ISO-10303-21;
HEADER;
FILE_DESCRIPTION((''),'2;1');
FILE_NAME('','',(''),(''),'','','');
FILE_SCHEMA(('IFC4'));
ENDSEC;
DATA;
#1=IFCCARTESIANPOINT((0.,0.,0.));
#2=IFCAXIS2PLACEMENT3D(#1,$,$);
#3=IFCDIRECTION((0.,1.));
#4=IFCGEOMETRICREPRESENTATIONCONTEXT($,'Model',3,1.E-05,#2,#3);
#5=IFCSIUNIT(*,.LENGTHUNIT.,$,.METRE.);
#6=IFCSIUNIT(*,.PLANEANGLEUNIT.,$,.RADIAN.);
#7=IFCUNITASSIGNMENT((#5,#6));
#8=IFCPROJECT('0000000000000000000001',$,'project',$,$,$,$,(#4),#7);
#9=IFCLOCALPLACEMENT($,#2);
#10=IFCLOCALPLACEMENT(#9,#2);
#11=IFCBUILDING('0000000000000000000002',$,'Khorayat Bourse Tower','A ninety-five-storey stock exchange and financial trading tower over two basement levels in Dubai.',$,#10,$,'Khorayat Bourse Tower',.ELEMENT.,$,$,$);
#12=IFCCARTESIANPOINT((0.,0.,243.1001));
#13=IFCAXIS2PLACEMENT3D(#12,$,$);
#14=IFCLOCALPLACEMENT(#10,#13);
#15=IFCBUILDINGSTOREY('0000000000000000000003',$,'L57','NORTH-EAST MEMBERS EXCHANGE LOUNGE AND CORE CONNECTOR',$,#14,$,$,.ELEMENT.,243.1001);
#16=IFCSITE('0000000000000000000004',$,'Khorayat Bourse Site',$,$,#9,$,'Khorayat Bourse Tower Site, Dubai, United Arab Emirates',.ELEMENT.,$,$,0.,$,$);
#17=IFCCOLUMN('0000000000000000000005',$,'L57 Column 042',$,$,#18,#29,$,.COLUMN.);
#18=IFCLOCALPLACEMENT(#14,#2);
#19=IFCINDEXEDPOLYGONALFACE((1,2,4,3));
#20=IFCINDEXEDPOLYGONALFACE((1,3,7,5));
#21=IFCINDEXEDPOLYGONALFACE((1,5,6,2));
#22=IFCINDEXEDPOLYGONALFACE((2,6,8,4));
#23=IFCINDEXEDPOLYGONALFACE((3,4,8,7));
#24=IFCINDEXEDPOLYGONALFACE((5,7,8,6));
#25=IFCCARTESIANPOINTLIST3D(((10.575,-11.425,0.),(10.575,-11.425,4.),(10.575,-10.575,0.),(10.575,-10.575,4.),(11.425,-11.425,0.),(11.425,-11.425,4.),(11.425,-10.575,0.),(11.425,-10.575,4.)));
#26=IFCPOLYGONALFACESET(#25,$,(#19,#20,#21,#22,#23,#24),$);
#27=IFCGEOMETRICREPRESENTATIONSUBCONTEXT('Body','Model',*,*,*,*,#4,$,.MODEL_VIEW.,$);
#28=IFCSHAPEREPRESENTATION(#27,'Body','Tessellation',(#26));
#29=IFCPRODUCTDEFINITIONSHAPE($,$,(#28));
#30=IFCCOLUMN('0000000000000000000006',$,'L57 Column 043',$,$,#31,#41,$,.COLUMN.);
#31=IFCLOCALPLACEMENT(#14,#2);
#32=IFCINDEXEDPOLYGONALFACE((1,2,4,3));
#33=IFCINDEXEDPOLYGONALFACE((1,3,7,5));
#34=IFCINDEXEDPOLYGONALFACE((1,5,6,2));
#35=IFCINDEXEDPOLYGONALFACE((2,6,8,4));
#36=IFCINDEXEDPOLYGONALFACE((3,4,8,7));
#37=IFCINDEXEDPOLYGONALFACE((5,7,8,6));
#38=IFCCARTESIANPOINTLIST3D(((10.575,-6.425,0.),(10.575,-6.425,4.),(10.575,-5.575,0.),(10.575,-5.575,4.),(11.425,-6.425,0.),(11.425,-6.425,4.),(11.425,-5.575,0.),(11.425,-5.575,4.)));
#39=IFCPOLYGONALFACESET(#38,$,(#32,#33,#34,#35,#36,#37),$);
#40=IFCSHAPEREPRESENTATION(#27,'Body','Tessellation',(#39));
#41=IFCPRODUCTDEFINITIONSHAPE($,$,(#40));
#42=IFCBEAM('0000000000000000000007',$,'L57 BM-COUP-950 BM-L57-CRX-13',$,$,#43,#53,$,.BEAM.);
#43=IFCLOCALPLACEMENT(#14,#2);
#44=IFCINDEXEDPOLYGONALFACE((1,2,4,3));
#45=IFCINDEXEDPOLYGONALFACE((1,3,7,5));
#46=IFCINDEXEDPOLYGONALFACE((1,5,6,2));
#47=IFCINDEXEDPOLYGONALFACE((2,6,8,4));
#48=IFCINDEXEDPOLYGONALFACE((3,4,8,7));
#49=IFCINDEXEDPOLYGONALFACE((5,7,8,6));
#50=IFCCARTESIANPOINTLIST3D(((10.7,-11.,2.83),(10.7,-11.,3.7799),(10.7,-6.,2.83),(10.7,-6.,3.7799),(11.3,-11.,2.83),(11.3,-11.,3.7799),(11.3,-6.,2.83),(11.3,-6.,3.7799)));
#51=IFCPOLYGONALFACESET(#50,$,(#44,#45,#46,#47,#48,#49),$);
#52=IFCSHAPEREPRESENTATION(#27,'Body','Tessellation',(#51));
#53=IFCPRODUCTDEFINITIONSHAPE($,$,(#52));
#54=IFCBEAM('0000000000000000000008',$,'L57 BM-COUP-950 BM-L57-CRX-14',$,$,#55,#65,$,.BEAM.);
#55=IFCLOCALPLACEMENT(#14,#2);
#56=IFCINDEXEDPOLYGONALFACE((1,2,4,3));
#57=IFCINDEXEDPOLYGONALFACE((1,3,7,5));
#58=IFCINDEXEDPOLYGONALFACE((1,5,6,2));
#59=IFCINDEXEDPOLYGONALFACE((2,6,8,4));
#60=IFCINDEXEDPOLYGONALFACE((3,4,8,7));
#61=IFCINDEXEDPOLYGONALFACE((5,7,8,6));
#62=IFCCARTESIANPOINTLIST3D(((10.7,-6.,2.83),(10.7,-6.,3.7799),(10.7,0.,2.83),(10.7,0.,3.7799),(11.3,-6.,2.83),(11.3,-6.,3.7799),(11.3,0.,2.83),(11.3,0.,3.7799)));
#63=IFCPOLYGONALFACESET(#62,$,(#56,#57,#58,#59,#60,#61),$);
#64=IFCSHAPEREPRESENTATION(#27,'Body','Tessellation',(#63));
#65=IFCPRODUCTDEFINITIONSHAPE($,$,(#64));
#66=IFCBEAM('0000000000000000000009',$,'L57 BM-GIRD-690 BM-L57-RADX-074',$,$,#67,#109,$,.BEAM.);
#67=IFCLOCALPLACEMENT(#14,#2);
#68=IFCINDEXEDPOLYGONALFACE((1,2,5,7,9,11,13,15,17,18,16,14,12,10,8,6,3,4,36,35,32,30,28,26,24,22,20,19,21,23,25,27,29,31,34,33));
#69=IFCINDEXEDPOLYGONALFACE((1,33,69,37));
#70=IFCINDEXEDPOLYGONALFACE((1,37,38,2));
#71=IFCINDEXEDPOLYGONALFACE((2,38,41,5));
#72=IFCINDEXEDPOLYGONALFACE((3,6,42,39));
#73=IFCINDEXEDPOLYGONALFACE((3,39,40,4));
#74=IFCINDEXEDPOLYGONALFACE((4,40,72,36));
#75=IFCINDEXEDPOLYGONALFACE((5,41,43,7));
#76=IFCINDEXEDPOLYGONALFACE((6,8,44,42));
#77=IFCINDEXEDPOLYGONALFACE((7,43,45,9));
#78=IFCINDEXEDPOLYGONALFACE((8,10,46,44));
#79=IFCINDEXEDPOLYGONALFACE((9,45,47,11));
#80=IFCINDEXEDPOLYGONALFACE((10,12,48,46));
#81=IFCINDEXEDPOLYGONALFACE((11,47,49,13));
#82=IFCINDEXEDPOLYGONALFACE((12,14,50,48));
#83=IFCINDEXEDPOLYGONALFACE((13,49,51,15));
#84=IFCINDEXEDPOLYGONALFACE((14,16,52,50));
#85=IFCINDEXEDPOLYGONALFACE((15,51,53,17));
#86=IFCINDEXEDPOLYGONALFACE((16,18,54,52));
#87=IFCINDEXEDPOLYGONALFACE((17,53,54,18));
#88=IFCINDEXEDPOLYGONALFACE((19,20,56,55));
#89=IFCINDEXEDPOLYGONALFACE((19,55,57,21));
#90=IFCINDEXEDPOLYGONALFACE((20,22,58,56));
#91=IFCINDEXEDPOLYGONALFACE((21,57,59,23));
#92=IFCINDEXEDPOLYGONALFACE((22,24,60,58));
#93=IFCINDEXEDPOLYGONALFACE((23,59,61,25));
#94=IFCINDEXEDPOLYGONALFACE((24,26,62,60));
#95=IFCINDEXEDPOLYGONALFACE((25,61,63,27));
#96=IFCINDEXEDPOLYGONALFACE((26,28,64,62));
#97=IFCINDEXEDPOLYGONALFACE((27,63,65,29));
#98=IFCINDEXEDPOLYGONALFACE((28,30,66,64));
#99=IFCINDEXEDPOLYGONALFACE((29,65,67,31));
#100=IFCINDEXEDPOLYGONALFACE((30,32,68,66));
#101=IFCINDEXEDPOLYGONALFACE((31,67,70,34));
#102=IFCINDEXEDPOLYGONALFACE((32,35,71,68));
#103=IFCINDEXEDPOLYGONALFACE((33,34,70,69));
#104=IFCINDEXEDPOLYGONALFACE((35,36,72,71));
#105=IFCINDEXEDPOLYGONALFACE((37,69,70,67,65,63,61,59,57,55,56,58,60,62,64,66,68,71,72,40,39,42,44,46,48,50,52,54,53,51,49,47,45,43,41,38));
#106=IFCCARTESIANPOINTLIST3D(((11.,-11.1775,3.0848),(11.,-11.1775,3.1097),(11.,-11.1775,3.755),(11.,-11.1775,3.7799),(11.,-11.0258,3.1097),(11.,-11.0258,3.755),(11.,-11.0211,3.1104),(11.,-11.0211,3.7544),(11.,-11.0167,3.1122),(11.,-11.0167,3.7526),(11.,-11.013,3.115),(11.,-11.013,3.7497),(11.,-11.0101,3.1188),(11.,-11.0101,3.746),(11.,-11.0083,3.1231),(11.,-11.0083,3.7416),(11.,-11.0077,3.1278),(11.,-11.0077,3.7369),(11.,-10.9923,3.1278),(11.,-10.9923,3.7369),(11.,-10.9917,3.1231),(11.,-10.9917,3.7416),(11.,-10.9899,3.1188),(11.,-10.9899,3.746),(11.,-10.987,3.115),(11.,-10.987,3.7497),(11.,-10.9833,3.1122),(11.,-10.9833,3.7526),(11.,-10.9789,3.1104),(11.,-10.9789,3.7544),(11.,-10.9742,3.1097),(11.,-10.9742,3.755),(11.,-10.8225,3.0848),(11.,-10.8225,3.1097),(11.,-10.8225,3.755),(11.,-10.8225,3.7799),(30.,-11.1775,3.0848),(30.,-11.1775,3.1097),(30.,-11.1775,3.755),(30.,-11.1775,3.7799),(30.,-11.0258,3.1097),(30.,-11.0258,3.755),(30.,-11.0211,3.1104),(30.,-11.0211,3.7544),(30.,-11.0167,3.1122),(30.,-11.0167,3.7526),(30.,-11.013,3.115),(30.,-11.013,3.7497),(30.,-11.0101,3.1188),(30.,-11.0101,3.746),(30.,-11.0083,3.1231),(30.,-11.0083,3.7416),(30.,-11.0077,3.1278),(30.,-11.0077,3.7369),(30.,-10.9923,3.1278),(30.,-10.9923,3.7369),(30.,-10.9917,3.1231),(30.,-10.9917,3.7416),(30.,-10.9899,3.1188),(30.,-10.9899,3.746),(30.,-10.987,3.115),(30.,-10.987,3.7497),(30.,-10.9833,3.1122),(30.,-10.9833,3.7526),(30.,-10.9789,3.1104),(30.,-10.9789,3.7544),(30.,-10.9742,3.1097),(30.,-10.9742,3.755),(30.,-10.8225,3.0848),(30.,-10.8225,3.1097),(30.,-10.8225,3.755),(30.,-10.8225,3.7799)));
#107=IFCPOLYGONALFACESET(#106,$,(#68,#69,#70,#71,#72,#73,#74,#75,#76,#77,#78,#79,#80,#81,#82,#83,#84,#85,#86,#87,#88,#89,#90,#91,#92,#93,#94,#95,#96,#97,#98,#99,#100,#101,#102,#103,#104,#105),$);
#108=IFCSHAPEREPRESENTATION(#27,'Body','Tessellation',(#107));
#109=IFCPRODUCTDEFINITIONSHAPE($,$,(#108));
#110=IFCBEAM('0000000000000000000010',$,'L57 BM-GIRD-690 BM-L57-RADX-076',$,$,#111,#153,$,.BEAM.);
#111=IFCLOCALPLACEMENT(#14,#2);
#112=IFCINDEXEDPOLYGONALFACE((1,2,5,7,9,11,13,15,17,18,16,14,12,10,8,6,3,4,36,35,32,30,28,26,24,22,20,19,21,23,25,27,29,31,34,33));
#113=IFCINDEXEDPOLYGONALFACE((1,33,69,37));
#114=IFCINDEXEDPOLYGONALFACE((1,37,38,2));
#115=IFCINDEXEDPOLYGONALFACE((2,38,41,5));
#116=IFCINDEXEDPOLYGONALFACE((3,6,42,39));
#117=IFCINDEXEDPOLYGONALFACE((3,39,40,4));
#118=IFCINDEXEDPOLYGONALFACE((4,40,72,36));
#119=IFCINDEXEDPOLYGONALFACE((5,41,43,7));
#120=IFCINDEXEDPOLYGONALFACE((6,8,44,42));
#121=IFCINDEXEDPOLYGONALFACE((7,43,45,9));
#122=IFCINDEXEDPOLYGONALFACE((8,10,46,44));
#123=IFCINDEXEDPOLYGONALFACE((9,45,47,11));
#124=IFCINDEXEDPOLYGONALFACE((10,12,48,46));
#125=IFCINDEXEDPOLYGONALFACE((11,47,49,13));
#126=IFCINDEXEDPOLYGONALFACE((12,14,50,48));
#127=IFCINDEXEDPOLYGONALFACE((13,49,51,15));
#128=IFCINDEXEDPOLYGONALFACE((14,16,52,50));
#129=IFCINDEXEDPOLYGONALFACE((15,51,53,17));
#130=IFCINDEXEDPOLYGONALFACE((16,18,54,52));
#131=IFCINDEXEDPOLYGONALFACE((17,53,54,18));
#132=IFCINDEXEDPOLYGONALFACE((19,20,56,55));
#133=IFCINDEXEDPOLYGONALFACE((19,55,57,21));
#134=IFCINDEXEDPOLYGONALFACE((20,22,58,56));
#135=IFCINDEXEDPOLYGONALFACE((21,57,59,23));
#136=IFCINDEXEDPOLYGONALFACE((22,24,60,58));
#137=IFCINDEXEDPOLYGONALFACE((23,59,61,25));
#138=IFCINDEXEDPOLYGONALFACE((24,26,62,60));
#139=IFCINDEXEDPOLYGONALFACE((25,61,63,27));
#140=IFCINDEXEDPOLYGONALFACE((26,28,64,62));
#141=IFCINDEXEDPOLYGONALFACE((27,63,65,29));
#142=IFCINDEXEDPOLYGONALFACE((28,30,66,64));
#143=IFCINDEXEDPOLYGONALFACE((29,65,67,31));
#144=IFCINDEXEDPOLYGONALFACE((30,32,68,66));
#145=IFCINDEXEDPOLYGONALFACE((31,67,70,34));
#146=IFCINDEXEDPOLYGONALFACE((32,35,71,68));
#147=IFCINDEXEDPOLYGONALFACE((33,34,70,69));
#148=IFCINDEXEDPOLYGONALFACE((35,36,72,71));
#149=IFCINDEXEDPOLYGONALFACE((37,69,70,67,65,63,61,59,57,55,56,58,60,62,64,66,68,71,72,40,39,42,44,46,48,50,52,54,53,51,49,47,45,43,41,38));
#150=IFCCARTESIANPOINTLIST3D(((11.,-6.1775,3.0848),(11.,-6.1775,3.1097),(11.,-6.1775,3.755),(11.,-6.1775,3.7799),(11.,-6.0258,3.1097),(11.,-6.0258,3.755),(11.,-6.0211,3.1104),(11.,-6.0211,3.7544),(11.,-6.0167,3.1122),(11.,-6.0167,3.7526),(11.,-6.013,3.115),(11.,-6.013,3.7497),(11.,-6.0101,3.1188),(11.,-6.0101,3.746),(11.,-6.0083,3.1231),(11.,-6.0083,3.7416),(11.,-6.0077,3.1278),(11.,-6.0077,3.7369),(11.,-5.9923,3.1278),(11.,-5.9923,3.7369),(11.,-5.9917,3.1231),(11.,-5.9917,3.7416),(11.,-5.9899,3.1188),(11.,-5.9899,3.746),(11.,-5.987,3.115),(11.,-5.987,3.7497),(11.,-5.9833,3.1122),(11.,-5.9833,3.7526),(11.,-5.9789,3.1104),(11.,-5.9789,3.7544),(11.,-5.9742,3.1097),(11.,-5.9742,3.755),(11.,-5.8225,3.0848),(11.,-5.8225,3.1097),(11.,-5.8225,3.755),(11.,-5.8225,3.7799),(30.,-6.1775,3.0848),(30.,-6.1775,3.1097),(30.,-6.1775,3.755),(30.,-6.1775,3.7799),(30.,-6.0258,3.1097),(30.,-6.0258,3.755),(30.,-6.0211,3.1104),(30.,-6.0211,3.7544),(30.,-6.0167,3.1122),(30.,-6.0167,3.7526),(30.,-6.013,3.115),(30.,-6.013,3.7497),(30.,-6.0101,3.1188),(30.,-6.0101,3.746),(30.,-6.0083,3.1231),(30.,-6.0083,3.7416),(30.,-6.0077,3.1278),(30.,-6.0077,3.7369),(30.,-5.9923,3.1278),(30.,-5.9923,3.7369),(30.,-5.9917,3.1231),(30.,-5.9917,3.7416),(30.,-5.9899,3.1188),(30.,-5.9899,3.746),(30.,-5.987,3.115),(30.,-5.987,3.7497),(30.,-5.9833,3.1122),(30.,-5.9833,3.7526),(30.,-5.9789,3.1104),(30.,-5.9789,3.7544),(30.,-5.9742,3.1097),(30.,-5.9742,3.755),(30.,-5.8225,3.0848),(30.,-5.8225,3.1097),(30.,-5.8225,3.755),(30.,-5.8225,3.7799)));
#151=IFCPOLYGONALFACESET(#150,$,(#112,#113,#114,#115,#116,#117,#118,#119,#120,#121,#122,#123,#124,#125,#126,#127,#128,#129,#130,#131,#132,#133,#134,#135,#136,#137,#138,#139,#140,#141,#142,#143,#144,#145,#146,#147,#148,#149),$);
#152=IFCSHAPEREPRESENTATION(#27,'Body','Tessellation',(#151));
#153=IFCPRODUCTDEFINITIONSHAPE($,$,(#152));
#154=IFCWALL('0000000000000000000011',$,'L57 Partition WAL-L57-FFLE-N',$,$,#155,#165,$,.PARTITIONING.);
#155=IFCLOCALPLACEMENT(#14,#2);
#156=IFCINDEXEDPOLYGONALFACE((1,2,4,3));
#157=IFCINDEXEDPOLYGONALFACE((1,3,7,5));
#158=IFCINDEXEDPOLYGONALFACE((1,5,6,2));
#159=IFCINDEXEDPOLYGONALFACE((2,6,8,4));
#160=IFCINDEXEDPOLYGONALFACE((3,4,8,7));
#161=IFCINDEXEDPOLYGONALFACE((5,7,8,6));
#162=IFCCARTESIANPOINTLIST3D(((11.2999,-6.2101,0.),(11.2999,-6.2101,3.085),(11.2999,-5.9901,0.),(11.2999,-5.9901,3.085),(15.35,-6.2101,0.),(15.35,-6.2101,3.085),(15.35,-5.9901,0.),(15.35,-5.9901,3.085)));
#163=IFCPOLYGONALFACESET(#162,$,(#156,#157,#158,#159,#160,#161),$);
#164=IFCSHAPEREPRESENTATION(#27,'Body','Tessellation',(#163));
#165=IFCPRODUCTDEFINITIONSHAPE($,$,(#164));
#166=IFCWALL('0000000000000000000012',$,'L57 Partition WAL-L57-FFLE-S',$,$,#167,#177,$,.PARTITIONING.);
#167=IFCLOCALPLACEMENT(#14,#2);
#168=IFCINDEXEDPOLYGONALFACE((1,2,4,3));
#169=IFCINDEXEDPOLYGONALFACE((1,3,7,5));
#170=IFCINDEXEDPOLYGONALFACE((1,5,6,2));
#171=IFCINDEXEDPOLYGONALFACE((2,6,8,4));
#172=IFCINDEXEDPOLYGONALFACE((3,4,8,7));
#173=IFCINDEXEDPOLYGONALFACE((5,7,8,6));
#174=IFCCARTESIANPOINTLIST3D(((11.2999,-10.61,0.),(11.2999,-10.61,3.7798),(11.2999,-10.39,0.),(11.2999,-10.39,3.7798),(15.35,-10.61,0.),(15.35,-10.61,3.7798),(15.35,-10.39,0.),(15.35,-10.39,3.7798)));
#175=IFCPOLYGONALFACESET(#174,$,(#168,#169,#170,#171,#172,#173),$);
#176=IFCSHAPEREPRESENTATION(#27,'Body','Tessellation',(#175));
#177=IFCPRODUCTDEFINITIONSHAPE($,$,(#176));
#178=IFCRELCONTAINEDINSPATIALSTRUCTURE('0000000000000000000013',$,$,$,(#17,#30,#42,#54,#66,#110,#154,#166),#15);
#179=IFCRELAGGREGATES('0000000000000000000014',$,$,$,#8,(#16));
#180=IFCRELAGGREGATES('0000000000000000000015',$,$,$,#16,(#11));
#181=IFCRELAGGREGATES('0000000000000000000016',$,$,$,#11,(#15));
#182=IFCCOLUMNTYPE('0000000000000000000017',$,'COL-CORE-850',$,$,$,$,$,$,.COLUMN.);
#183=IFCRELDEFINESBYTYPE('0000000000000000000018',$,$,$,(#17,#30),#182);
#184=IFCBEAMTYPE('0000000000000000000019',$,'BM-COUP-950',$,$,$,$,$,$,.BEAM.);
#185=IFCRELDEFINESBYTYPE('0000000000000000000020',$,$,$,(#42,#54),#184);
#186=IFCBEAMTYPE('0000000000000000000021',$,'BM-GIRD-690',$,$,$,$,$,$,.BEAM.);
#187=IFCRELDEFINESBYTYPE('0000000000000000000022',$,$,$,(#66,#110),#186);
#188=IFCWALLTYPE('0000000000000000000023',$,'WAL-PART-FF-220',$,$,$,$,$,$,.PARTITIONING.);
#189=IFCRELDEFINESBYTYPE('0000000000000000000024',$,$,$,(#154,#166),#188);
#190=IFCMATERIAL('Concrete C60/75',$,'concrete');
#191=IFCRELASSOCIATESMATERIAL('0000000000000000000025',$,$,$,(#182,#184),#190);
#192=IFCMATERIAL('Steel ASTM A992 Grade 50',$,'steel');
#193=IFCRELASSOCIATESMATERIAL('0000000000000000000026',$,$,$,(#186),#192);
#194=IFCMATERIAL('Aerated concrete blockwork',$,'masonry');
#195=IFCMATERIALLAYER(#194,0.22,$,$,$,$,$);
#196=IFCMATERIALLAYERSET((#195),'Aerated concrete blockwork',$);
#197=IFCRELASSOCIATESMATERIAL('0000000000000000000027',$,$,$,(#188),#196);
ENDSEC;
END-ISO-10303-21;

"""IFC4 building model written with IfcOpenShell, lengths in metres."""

from ifc_helpers import new_model, si_unit, direction, frame, frame_2d, origin, origin_2d, place, context, subcontext, project, spatial, rectangle, i_section, extrude, source, transform, mapped, material, layer, layer_set, material_profile, profile_set, type_object, element, save


model = new_model("IFC4")

# Units and contexts
model_context = context("Model", 3, precision=1e-05, world=origin(), true_north=direction((0.0, 1.0)))
body_context = subcontext(model_context, "Body", "Model", "MODEL_VIEW")
ifc_project = project(units=[si_unit("LENGTHUNIT", "METRE"), si_unit("PLANEANGLEUNIT", "RADIAN")], contexts=[model_context])

# Site, building, storey
site_placement = place(None, origin())
site = spatial("IfcSite", under=ifc_project, at=site_placement, Name="Khorayat Bourse Site", LongName="Khorayat Bourse Tower Site, Dubai, United Arab Emirates", CompositionType="ELEMENT", RefElevation=0.0)
building_placement = place(site_placement, origin())
building = spatial("IfcBuilding", under=site, at=building_placement, Name="Khorayat Bourse Tower", Description="A ninety-five-storey stock exchange and financial trading tower over two basement levels in Dubai.", LongName="Khorayat Bourse Tower", CompositionType="ELEMENT")
storey_placement = place(building_placement, frame((0.0, 0.0, 243.1001)))
storey = spatial("IfcBuildingStorey", under=building, at=storey_placement, Name="L57", Description="NORTH-EAST MEMBERS EXCHANGE LOUNGE AND CORE CONNECTOR", CompositionType="ELEMENT", Elevation=243.1001)

# Columns
ifc_material_1 = material(Name="Concrete C60/75", Category="concrete")
ifc_material_profile_1 = material_profile(ifc_material_1, rectangle(XDim=0.8501, YDim=0.8501, at=origin_2d()), Name="RC 850x850")
ifc_profile_set_1 = profile_set([ifc_material_profile_1], Name="Concrete C60/75")
column_type = type_object("IfcColumnType", Name="COL-CORE-850", PredefinedType="COLUMN", material=ifc_profile_set_1)
shared_shape_1 = source(origin(), body_context, "Body", "SweptSolid", [
    extrude(rectangle(XDim=0.8501, YDim=0.8501, at=origin_2d()), origin(), (0.0, 0.0, 1.0), 4.0),
])
for number, where, z_axis, x_axis, name in (
    (1, (11.0, -11.0, 0.0), (0.0, 0.0, 1.0), (1.0, 0.0, 0.0), "L57 Column 042"),
    (2, (11.0, -6.0, 0.0), (0.0, 0.0, 1.0), (1.0, 0.0, 0.0), "L57 Column 043"),
):
    element("IfcColumn", number, at=place(storey_placement, frame(where, z_axis=z_axis, x_axis=x_axis)), inside=storey, type_object=column_type, Name=name, PredefinedType="COLUMN", context=body_context, shape_type="MappedRepresentation", body=[
        mapped(shared_shape_1, transform((0.0, 0.0, 0.0), scale=1.0)),
    ])

# Beams
ifc_material_profile_2 = material_profile(ifc_material_1, rectangle(XDim=0.6001, YDim=0.95, at=origin_2d()), Name="RC 600x950")
ifc_profile_set_2 = profile_set([ifc_material_profile_2], Name="Concrete C60/75")
beam_type_1 = type_object("IfcBeamType", Name="BM-COUP-950", PredefinedType="BEAM", material=ifc_profile_set_2)
shared_shape_2 = source(origin(), body_context, "Body", "SweptSolid", [
    extrude(rectangle(XDim=0.6001, YDim=0.95, at=origin_2d()), origin(), (0.0, 0.0, 1.0), 5.0),
])
beam_1_placement = place(storey_placement, frame((11.0, -11.0, 3.3049), z_axis=(0.0, 1.0, 0.0), x_axis=(-1.0, 0.0, 0.0)))
element("IfcBeam", 3, at=beam_1_placement, inside=storey, type_object=beam_type_1, Name="L57 BM-COUP-950 BM-L57-CRX-13", PredefinedType="BEAM", context=body_context, shape_type="MappedRepresentation", body=[
    mapped(shared_shape_2, transform((0.0, 0.0, 0.0), scale=1.0)),
])
shared_shape_3 = source(origin(), body_context, "Body", "SweptSolid", [
    extrude(rectangle(XDim=0.6001, YDim=0.95, at=origin_2d()), origin(), (0.0, 0.0, 1.0), 6.0),
])
beam_2_placement = place(storey_placement, frame((11.0, -6.0, 3.3049), z_axis=(0.0, 1.0, 0.0), x_axis=(-1.0, 0.0, 0.0)))
element("IfcBeam", 4, at=beam_2_placement, inside=storey, type_object=beam_type_1, Name="L57 BM-COUP-950 BM-L57-CRX-14", PredefinedType="BEAM", context=body_context, shape_type="MappedRepresentation", body=[
    mapped(shared_shape_3, transform((0.0, 0.0, 0.0), scale=1.0)),
])
ifc_material_2 = material(Name="Steel ASTM A992 Grade 50", Category="steel")
ifc_material_profile_3 = material_profile(ifc_material_2, i_section(OverallWidth=0.355, OverallDepth=0.6951, WebThickness=0.0154, FlangeThickness=0.0249, FilletRadius=0.0181, at=origin_2d()), Name="W690X217")
ifc_profile_set_3 = profile_set([ifc_material_profile_3], Name="Steel ASTM A992 Grade 50")
beam_type_2 = type_object("IfcBeamType", Name="BM-GIRD-690", PredefinedType="BEAM", material=ifc_profile_set_3)
shared_shape_4 = source(origin(), body_context, "Body", "SweptSolid", [
    extrude(i_section(OverallWidth=0.355, OverallDepth=0.6951, WebThickness=0.0154, FlangeThickness=0.0249, FilletRadius=0.0181, at=origin_2d()), origin(), (0.0, 0.0, 1.0), 19.0),
])
for number, where, z_axis, x_axis, name in (
    (5, (11.0, -11.0, 3.4324), (1.0, 0.0, 0.0), (0.0, 1.0, 0.0), "L57 BM-GIRD-690 BM-L57-RADX-074"),
    (6, (11.0, -6.0, 3.4324), (1.0, 0.0, 0.0), (0.0, 1.0, 0.0), "L57 BM-GIRD-690 BM-L57-RADX-076"),
):
    element("IfcBeam", number, at=place(storey_placement, frame(where, z_axis=z_axis, x_axis=x_axis)), inside=storey, type_object=beam_type_2, Name=name, PredefinedType="BEAM", context=body_context, shape_type="MappedRepresentation", body=[
        mapped(shared_shape_4, transform((0.0, 0.0, 0.0), scale=1.0)),
    ])

# Walls
ifc_material_3 = material(Name="Aerated concrete blockwork", Category="masonry")
ifc_layer_1 = layer(ifc_material_3, 0.22)
ifc_layer_set_1 = layer_set([ifc_layer_1], Name="Aerated concrete blockwork")
wall_type_1 = type_object("IfcWallType", Name="WAL-PART-FF-220", PredefinedType="PARTITIONING", material=ifc_layer_set_1)
shared_shape_5 = source(origin(), body_context, "Body", "SweptSolid", [
    extrude(rectangle(XDim=4.05, YDim=0.22, at=frame_2d((2.0249, 0.0))), origin(), (0.0, 0.0, 1.0), 3.085),
])
wall_1_placement = place(storey_placement, frame((11.3, -6.1001, 0.0), z_axis=(0.0, 0.0, 1.0), x_axis=(1.0, 0.0, 0.0)))
element("IfcWall", 7, at=wall_1_placement, inside=storey, type_object=wall_type_1, Name="L57 Partition WAL-L57-FFLE-N", PredefinedType="PARTITIONING", context=body_context, shape_type="MappedRepresentation", body=[
    mapped(shared_shape_5, transform((0.0, 0.0, 0.0), scale=1.0)),
])
shared_shape_6 = source(origin(), body_context, "Body", "SweptSolid", [
    extrude(rectangle(XDim=4.05, YDim=0.22, at=frame_2d((2.0249, 0.0))), origin(), (0.0, 0.0, 1.0), 3.7798),
])
wall_2_placement = place(storey_placement, frame((11.3, -10.5, 0.0), z_axis=(0.0, 0.0, 1.0), x_axis=(1.0, 0.0, 0.0)))
element("IfcWall", 8, at=wall_2_placement, inside=storey, type_object=wall_type_1, Name="L57 Partition WAL-L57-FFLE-S", PredefinedType="PARTITIONING", context=body_context, shape_type="MappedRepresentation", body=[
    mapped(shared_shape_6, transform((0.0, 0.0, 0.0), scale=1.0)),
])

save(model, "model.ifc")
